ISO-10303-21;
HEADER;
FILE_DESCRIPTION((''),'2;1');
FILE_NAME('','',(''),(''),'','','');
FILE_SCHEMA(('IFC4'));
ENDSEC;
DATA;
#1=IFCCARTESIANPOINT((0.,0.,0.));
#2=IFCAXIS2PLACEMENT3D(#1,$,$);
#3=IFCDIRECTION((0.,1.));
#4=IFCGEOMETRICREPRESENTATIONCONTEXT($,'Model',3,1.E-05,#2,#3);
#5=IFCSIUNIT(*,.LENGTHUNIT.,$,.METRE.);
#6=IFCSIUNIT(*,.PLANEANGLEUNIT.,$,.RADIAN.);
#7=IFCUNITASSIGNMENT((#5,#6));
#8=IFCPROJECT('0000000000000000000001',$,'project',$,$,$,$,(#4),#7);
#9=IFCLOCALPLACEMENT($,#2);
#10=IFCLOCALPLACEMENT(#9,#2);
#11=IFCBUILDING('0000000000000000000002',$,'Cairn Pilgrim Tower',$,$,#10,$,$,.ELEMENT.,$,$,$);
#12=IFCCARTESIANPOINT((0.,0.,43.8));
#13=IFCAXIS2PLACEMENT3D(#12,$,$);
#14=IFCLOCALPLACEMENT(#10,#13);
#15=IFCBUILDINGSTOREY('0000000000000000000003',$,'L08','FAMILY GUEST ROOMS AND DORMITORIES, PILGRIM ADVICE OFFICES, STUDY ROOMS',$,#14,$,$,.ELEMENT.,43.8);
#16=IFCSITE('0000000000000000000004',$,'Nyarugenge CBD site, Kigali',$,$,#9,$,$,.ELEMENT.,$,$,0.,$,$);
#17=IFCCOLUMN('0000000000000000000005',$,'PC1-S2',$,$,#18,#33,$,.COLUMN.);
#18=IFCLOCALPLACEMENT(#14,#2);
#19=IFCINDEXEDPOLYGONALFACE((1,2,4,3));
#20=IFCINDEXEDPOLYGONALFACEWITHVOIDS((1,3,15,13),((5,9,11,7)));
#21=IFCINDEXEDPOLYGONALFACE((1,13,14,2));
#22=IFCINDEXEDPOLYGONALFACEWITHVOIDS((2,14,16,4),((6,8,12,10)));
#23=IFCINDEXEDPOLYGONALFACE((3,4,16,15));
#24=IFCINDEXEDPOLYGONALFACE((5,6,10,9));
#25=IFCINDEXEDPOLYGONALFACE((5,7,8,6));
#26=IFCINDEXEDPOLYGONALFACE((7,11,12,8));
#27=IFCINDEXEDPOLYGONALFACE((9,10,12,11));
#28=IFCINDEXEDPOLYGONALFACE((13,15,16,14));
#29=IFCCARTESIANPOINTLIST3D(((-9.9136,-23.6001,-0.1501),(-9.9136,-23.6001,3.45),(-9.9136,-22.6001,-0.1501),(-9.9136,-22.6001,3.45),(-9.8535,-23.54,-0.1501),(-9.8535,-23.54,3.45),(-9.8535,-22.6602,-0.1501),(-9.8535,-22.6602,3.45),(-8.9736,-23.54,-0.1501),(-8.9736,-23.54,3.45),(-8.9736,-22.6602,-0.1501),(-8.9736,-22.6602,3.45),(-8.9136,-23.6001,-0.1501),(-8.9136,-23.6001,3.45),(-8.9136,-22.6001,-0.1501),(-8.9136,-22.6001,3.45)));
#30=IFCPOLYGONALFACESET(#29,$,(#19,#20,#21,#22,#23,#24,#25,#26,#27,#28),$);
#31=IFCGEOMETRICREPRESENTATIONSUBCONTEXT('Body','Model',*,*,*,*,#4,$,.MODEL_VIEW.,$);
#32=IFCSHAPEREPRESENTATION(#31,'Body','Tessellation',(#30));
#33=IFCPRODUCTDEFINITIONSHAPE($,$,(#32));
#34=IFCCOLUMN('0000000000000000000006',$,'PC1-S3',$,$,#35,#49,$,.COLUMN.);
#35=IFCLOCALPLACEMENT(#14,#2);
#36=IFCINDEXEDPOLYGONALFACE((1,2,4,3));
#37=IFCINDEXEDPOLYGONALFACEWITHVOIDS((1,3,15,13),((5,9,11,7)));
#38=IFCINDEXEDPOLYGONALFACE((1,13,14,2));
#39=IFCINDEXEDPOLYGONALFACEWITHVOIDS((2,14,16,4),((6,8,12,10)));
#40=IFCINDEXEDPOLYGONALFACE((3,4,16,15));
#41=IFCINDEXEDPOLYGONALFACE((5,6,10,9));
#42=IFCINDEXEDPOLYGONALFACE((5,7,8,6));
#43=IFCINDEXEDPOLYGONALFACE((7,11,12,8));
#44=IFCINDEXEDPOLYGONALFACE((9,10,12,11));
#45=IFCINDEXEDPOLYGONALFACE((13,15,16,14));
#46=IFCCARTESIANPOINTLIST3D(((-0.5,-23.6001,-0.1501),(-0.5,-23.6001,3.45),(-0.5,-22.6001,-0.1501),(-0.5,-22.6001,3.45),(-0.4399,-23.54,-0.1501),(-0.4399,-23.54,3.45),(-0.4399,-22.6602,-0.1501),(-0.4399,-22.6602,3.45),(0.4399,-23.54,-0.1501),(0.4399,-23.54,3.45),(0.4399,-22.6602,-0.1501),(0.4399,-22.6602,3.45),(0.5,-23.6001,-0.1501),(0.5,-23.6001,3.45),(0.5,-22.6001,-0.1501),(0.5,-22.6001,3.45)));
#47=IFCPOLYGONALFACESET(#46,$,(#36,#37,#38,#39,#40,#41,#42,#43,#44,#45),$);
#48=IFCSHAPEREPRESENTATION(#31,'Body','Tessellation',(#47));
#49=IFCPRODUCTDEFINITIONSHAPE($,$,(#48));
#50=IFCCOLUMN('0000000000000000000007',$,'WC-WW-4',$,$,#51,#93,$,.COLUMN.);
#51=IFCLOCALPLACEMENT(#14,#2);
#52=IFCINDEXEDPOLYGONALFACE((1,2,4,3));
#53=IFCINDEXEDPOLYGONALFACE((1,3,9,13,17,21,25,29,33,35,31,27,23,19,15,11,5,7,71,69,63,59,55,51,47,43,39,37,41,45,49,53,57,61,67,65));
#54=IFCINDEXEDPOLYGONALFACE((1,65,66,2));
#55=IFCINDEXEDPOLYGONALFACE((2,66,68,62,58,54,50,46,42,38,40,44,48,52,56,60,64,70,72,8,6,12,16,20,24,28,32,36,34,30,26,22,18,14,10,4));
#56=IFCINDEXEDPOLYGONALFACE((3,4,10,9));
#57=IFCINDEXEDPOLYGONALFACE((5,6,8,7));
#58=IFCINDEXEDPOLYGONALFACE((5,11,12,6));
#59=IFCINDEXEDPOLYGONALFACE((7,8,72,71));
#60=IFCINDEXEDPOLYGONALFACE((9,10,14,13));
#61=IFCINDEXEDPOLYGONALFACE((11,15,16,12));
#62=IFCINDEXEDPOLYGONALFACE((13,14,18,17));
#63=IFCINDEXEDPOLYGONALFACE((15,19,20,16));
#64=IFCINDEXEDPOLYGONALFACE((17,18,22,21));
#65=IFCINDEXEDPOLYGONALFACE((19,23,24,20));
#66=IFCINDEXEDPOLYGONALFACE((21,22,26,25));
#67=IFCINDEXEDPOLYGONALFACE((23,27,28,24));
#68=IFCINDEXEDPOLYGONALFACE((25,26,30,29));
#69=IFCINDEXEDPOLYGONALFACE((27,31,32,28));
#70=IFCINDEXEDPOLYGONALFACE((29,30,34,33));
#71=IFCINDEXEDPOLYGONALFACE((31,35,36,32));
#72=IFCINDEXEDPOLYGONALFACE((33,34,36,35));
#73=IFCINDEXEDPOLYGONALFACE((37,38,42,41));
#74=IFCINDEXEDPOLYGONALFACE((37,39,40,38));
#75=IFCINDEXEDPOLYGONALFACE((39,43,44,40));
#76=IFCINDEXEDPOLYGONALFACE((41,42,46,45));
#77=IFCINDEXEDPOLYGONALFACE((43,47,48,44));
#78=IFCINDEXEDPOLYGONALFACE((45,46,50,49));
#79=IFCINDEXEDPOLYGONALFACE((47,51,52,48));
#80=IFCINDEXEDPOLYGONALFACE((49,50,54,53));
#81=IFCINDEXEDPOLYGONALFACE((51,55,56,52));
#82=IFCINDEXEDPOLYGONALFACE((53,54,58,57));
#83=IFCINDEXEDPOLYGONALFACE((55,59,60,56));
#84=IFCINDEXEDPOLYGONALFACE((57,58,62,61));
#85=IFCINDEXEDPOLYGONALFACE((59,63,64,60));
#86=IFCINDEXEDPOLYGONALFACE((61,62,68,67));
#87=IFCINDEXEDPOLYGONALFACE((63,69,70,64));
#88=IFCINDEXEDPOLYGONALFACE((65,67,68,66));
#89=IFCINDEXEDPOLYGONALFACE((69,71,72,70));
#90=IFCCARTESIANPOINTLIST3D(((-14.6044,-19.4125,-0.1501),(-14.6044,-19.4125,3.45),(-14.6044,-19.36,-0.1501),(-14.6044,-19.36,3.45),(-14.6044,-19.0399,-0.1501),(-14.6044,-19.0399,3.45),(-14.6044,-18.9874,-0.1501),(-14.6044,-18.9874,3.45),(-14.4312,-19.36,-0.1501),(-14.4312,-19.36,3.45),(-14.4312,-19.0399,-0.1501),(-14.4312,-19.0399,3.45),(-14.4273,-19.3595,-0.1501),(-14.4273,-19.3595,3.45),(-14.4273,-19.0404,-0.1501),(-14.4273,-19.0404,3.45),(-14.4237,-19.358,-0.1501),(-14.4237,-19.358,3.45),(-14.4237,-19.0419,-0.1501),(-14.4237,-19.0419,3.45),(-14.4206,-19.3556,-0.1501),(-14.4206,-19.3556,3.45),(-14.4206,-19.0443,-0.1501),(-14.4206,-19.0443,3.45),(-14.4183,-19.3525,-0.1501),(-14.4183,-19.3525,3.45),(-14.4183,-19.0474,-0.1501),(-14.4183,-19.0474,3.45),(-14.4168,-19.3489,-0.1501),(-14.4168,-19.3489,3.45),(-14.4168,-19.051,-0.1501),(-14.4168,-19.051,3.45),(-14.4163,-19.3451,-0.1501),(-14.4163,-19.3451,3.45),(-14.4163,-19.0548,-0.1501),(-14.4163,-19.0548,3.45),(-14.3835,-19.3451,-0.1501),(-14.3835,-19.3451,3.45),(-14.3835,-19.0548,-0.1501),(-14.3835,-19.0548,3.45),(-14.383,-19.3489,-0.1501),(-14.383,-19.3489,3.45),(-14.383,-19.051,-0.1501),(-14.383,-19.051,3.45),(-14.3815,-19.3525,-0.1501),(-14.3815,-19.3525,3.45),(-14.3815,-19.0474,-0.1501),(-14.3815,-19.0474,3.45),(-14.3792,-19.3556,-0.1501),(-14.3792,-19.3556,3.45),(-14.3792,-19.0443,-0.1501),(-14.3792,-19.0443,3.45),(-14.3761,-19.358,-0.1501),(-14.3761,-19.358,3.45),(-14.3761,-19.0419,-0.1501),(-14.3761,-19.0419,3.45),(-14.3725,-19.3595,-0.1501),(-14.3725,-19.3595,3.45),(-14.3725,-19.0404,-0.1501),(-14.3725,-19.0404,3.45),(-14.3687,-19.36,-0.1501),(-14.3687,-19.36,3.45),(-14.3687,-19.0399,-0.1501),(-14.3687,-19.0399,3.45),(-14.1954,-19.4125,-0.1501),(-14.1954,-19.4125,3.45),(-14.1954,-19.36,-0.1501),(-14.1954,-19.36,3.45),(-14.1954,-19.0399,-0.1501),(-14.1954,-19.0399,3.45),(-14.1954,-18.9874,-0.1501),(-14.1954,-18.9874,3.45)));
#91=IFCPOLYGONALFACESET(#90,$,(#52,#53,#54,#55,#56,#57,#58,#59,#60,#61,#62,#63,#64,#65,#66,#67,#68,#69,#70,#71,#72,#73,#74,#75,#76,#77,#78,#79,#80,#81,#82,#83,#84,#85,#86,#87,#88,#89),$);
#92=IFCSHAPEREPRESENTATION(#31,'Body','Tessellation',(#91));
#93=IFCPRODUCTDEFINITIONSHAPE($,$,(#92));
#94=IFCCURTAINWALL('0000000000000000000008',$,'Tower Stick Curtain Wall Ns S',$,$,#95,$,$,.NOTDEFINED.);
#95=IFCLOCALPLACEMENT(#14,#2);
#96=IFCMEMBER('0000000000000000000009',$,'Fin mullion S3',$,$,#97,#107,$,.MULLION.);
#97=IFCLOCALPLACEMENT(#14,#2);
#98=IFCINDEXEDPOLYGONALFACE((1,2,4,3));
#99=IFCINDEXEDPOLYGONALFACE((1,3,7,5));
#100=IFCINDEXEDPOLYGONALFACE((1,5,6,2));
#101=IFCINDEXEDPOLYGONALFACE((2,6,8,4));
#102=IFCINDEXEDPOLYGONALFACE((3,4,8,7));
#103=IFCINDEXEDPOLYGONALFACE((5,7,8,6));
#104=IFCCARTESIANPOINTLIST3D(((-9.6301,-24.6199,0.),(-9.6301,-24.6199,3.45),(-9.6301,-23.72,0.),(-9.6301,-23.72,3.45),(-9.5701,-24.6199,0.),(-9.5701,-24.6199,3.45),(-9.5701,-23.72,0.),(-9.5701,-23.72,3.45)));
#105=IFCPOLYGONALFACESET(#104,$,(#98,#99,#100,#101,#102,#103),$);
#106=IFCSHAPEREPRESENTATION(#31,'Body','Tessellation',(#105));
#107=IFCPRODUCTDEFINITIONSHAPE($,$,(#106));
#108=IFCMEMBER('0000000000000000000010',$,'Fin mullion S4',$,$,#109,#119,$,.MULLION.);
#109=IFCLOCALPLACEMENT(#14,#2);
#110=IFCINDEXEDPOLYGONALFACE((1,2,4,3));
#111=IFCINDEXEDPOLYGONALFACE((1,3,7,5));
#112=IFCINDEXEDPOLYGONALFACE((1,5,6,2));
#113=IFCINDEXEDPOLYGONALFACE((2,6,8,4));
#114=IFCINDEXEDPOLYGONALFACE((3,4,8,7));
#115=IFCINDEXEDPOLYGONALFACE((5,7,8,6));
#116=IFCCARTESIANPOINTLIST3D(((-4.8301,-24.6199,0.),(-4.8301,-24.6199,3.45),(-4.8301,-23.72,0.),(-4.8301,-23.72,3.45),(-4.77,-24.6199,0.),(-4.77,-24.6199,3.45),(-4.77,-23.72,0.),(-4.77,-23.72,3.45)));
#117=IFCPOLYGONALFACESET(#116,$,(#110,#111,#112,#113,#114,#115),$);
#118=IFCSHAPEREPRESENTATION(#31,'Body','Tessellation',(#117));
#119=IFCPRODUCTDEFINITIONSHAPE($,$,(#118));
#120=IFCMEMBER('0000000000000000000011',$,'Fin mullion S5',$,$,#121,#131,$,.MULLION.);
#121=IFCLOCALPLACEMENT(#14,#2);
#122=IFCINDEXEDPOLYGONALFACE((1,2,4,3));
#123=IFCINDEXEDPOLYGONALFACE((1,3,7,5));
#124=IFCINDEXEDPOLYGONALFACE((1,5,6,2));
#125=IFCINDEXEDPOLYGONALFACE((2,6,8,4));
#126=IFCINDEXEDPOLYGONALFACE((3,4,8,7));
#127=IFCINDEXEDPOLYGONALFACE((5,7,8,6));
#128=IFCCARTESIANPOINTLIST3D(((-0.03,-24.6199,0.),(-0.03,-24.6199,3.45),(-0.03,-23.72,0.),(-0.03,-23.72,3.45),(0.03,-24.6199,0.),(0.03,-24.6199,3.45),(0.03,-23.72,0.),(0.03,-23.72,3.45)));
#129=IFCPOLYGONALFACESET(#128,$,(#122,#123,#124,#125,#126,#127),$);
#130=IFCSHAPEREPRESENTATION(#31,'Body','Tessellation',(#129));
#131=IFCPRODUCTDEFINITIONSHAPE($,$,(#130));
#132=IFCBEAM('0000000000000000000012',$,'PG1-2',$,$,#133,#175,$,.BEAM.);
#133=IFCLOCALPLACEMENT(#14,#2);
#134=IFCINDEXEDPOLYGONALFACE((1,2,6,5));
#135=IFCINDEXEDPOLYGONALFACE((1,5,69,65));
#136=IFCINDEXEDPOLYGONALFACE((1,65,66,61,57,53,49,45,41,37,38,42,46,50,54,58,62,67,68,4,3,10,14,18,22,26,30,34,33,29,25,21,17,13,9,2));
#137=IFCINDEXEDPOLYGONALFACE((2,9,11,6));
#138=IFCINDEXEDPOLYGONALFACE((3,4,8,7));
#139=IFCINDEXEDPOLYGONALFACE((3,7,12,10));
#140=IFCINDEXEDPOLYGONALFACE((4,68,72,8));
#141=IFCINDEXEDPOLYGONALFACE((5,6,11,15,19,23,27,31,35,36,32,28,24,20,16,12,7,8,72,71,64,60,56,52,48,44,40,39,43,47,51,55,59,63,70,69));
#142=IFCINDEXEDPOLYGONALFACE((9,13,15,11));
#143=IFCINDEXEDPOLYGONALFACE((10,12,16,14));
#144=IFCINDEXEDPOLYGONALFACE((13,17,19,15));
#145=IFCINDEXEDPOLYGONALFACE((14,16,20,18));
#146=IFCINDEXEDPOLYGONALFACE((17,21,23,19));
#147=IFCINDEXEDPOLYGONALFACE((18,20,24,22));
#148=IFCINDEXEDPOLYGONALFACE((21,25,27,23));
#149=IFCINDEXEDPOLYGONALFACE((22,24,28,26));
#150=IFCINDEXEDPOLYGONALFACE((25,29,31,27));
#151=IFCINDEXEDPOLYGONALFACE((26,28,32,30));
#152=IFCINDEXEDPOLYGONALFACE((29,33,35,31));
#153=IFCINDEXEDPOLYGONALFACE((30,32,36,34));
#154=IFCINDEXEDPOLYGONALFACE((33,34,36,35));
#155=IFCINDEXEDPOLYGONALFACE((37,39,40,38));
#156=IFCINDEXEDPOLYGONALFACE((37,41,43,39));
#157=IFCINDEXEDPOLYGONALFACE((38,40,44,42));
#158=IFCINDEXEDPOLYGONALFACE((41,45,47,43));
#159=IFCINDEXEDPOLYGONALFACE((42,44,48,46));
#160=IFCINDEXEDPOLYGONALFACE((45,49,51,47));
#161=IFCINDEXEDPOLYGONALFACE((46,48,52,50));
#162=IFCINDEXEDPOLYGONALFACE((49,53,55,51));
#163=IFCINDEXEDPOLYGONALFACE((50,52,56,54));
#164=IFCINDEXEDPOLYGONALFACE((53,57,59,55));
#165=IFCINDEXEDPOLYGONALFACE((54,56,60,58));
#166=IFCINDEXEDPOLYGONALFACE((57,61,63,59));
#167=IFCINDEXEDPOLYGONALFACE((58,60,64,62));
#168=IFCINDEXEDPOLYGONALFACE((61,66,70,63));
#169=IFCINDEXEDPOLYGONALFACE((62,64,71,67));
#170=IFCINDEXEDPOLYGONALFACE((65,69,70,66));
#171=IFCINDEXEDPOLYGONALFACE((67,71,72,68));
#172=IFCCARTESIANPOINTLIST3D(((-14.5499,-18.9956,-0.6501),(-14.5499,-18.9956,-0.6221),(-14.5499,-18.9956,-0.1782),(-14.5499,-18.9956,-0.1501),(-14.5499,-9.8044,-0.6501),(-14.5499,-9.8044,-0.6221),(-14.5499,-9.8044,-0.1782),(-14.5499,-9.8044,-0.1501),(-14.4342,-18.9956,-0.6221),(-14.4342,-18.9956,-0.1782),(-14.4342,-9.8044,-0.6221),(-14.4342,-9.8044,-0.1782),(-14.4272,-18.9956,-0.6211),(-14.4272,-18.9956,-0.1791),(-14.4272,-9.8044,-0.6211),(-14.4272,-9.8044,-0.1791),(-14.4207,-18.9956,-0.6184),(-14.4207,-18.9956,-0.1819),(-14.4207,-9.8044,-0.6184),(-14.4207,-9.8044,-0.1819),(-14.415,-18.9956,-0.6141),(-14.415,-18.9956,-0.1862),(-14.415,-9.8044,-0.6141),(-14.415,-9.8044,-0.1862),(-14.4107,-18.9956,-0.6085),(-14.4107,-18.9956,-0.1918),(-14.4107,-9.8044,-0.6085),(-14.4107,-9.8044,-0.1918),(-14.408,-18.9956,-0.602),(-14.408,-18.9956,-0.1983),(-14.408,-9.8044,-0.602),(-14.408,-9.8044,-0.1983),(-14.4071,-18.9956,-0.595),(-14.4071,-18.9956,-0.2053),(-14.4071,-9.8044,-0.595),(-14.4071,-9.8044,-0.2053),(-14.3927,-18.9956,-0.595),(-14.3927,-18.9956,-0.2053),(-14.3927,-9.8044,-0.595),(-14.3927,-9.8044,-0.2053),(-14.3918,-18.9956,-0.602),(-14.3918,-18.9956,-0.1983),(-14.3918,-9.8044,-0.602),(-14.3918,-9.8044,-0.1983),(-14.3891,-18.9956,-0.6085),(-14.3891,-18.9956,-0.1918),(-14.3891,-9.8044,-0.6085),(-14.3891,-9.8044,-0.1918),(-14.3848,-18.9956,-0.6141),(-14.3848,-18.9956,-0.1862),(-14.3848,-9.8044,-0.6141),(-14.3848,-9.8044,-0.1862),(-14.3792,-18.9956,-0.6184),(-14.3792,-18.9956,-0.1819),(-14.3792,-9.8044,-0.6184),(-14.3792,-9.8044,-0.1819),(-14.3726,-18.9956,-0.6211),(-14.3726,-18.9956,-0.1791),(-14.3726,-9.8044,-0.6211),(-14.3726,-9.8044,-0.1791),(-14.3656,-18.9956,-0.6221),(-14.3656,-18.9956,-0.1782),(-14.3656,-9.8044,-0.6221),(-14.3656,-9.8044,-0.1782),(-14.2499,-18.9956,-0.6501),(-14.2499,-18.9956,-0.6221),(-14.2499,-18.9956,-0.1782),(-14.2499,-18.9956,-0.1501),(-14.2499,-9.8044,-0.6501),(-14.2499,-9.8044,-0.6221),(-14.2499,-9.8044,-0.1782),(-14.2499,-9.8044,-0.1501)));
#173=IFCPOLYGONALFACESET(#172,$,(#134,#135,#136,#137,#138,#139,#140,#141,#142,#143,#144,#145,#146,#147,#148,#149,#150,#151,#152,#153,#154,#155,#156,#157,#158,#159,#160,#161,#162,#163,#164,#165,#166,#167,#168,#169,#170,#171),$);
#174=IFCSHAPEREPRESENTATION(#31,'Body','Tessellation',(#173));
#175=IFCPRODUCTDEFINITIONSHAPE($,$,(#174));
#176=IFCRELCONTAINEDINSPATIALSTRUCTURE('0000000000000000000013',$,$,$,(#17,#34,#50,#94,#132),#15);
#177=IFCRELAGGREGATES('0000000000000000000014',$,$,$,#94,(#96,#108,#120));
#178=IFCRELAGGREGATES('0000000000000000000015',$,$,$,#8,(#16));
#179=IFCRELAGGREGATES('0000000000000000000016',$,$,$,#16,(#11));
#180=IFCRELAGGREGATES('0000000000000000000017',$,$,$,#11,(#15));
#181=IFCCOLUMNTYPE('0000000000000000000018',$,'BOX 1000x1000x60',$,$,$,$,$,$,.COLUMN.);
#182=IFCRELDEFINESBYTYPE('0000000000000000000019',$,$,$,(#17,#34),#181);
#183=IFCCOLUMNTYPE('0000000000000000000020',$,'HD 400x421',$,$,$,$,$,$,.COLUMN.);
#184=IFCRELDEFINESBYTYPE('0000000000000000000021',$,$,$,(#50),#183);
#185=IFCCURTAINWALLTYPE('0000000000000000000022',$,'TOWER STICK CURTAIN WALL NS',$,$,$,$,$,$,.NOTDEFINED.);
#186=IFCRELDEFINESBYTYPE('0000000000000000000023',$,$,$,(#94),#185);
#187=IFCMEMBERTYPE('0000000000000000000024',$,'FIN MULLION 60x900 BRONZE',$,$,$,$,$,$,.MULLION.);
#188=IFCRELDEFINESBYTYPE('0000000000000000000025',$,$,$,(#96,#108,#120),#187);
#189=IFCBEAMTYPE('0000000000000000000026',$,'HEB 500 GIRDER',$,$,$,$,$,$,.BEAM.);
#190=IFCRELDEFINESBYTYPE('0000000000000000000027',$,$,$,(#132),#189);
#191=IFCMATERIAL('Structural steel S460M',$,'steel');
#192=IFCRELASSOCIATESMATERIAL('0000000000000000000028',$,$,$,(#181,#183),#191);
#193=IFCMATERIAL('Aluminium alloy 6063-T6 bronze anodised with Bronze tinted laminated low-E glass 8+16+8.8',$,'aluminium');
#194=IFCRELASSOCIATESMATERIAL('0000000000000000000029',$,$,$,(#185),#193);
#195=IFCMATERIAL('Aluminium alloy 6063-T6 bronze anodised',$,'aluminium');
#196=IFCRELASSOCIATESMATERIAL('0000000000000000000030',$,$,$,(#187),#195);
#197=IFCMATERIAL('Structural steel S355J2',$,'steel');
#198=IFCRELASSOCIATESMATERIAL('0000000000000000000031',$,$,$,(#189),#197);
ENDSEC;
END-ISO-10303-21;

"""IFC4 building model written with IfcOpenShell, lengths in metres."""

from ifc_helpers import new_model, si_unit, direction, frame, origin, origin_2d, place, context, subcontext, project, spatial, rectangle, hollow_rectangle, i_section, extrude, material, material_profile, profile_set, type_object, element, aggregate, save


model = new_model("IFC4")

# Units and contexts
model_context = context("Model", 3, precision=1e-05, world=origin(), true_north=direction((0.0, 1.0)))
body_context = subcontext(model_context, "Body", "Model", "MODEL_VIEW")
ifc_project = project(units=[si_unit("LENGTHUNIT", "METRE"), si_unit("PLANEANGLEUNIT", "RADIAN")], contexts=[model_context])

# Site, building, storey
site_placement = place(None, origin())
site = spatial("IfcSite", under=ifc_project, at=site_placement, Name="Nyarugenge CBD site, Kigali", CompositionType="ELEMENT", RefElevation=0.0)
building_placement = place(site_placement, origin())
building = spatial("IfcBuilding", under=site, at=building_placement, Name="Cairn Pilgrim Tower", CompositionType="ELEMENT")
storey_placement = place(building_placement, frame((0.0, 0.0, 43.8)))
storey = spatial("IfcBuildingStorey", under=building, at=storey_placement, Name="L08", Description="FAMILY GUEST ROOMS AND DORMITORIES, PILGRIM ADVICE OFFICES, STUDY ROOMS", CompositionType="ELEMENT", Elevation=43.8)

# Columns
ifc_material_1 = material(Name="Structural steel S460M", Category="steel")
ifc_material_profile_1 = material_profile(ifc_material_1, hollow_rectangle(XDim=1.0, YDim=1.0, WallThickness=0.0601, at=origin_2d()), Name="BOX 1000x1000x60")
ifc_profile_set_1 = profile_set([ifc_material_profile_1], Name="Structural steel S460M")
column_type_1 = type_object("IfcColumnType", Name="BOX 1000x1000x60", PredefinedType="COLUMN", material=ifc_profile_set_1)
for number, where, z_axis, x_axis, name in (
    (1, (-9.4136, -23.1001, -0.1501), (0.0, 0.0, 1.0), (1.0, 0.0, 0.0), "PC1-S2"),
    (2, (0.0, -23.1001, -0.1501), (0.0, 0.0, 1.0), (1.0, 0.0, 0.0), "PC1-S3"),
):
    element("IfcColumn", number, at=place(storey_placement, frame(where, z_axis=z_axis, x_axis=x_axis)), inside=storey, type_object=column_type_1, Name=name, PredefinedType="COLUMN", context=body_context, shape_type="SweptSolid", body=[
        extrude(hollow_rectangle(XDim=1.0, YDim=1.0, WallThickness=0.0601, at=origin_2d()), origin(), (0.0, 0.0, 1.0), 3.6001),
    ])
ifc_material_profile_2 = material_profile(ifc_material_1, i_section(OverallWidth=0.4089, OverallDepth=0.425, WebThickness=0.0327, FlangeThickness=0.0525, FilletRadius=0.0149, at=origin_2d()), Name="HD 400x421")
ifc_profile_set_2 = profile_set([ifc_material_profile_2], Name="Structural steel S460M")
column_type_2 = type_object("IfcColumnType", Name="HD 400x421", PredefinedType="COLUMN", material=ifc_profile_set_2)
column_placement = place(storey_placement, frame((-14.3999, -19.2, -0.1501), z_axis=(0.0, 0.0, 1.0), x_axis=(1.0, 0.0, 0.0)))
element("IfcColumn", 3, at=column_placement, inside=storey, type_object=column_type_2, Name="WC-WW-4", PredefinedType="COLUMN", context=body_context, shape_type="SweptSolid", body=[
    extrude(i_section(OverallWidth=0.4089, OverallDepth=0.425, WebThickness=0.0327, FlangeThickness=0.0525, FilletRadius=0.0149, at=origin_2d()), origin(), (0.0, 0.0, 1.0), 3.6001),
])

# Curtain wall, members
ifc_material_2 = material(Name="Aluminium alloy 6063-T6 bronze anodised with Bronze tinted laminated low-E glass 8+16+8.8", Category="aluminium")
curtain_wall_type = type_object("IfcCurtainWallType", Name="TOWER STICK CURTAIN WALL NS", PredefinedType="NOTDEFINED", material=ifc_material_2)
curtain_wall_placement = place(storey_placement, origin())
curtain_wall = element("IfcCurtainWall", 4, at=curtain_wall_placement, inside=storey, type_object=curtain_wall_type, Name="Tower Stick Curtain Wall Ns S", PredefinedType="NOTDEFINED")
ifc_material_3 = material(Name="Aluminium alloy 6063-T6 bronze anodised", Category="aluminium")
ifc_material_profile_3 = material_profile(ifc_material_3, rectangle(XDim=0.8999, YDim=0.0601, at=origin_2d()), Name="FIN MULLION 60x900 BRONZE")
ifc_profile_set_3 = profile_set([ifc_material_profile_3], Name="Aluminium alloy 6063-T6 bronze anodised")
member_type_1 = type_object("IfcMemberType", Name="FIN MULLION 60x900 BRONZE", PredefinedType="MULLION", material=ifc_profile_set_3)
member_1_placement = place(storey_placement, frame((-9.6001, -24.1699, 0.0), z_axis=(0.0, 0.0, 1.0), x_axis=(0.0, -1.0, 0.0)))
member_1 = element("IfcMember", 5, at=member_1_placement, type_object=member_type_1, Name="Fin mullion S3", PredefinedType="MULLION", context=body_context, shape_type="SweptSolid", body=[
    extrude(rectangle(XDim=0.8999, YDim=0.0601, at=origin_2d()), origin(), (0.0, 0.0, 1.0), 3.45),
])
member_2_placement = place(storey_placement, frame((-4.8, -24.1699, 0.0), z_axis=(0.0, 0.0, 1.0), x_axis=(0.0, -1.0, 0.0)))
member_2 = element("IfcMember", 6, at=member_2_placement, type_object=member_type_1, Name="Fin mullion S4", PredefinedType="MULLION", context=body_context, shape_type="SweptSolid", body=[
    extrude(rectangle(XDim=0.8999, YDim=0.0601, at=origin_2d()), origin(), (0.0, 0.0, 1.0), 3.45),
])
member_3_placement = place(storey_placement, frame((0.0, -24.1699, 0.0), z_axis=(0.0, 0.0, 1.0), x_axis=(0.0, -1.0, 0.0)))
member_3 = element("IfcMember", 7, at=member_3_placement, type_object=member_type_1, Name="Fin mullion S5", PredefinedType="MULLION", context=body_context, shape_type="SweptSolid", body=[
    extrude(rectangle(XDim=0.8999, YDim=0.0601, at=origin_2d()), origin(), (0.0, 0.0, 1.0), 3.45),
])

# Beam
ifc_material_4 = material(Name="Structural steel S355J2", Category="steel")
ifc_material_profile_4 = material_profile(ifc_material_4, i_section(OverallWidth=0.3, OverallDepth=0.5, WebThickness=0.0144, FlangeThickness=0.0281, FilletRadius=0.0271, at=origin_2d()), Name="HEB 500")
ifc_profile_set_4 = profile_set([ifc_material_profile_4], Name="Structural steel S355J2")
beam_type_1 = type_object("IfcBeamType", Name="HEB 500 GIRDER", PredefinedType="BEAM", material=ifc_profile_set_4)
beam_1_placement = place(storey_placement, frame((-14.3999, -18.9956, -0.4001), z_axis=(0.0, 1.0, 0.0), x_axis=(-1.0, 0.0, 0.0)))
element("IfcBeam", 8, at=beam_1_placement, inside=storey, type_object=beam_type_1, Name="PG1-2", PredefinedType="BEAM", context=body_context, shape_type="SweptSolid", body=[
    extrude(i_section(OverallWidth=0.3, OverallDepth=0.5, WebThickness=0.0144, FlangeThickness=0.0281, FilletRadius=0.0271, at=origin_2d()), origin(), (0.0, 0.0, 1.0), 9.1912),
])

aggregate(curtain_wall, [member_1, member_2, member_3])

save(model, "model.ifc")
